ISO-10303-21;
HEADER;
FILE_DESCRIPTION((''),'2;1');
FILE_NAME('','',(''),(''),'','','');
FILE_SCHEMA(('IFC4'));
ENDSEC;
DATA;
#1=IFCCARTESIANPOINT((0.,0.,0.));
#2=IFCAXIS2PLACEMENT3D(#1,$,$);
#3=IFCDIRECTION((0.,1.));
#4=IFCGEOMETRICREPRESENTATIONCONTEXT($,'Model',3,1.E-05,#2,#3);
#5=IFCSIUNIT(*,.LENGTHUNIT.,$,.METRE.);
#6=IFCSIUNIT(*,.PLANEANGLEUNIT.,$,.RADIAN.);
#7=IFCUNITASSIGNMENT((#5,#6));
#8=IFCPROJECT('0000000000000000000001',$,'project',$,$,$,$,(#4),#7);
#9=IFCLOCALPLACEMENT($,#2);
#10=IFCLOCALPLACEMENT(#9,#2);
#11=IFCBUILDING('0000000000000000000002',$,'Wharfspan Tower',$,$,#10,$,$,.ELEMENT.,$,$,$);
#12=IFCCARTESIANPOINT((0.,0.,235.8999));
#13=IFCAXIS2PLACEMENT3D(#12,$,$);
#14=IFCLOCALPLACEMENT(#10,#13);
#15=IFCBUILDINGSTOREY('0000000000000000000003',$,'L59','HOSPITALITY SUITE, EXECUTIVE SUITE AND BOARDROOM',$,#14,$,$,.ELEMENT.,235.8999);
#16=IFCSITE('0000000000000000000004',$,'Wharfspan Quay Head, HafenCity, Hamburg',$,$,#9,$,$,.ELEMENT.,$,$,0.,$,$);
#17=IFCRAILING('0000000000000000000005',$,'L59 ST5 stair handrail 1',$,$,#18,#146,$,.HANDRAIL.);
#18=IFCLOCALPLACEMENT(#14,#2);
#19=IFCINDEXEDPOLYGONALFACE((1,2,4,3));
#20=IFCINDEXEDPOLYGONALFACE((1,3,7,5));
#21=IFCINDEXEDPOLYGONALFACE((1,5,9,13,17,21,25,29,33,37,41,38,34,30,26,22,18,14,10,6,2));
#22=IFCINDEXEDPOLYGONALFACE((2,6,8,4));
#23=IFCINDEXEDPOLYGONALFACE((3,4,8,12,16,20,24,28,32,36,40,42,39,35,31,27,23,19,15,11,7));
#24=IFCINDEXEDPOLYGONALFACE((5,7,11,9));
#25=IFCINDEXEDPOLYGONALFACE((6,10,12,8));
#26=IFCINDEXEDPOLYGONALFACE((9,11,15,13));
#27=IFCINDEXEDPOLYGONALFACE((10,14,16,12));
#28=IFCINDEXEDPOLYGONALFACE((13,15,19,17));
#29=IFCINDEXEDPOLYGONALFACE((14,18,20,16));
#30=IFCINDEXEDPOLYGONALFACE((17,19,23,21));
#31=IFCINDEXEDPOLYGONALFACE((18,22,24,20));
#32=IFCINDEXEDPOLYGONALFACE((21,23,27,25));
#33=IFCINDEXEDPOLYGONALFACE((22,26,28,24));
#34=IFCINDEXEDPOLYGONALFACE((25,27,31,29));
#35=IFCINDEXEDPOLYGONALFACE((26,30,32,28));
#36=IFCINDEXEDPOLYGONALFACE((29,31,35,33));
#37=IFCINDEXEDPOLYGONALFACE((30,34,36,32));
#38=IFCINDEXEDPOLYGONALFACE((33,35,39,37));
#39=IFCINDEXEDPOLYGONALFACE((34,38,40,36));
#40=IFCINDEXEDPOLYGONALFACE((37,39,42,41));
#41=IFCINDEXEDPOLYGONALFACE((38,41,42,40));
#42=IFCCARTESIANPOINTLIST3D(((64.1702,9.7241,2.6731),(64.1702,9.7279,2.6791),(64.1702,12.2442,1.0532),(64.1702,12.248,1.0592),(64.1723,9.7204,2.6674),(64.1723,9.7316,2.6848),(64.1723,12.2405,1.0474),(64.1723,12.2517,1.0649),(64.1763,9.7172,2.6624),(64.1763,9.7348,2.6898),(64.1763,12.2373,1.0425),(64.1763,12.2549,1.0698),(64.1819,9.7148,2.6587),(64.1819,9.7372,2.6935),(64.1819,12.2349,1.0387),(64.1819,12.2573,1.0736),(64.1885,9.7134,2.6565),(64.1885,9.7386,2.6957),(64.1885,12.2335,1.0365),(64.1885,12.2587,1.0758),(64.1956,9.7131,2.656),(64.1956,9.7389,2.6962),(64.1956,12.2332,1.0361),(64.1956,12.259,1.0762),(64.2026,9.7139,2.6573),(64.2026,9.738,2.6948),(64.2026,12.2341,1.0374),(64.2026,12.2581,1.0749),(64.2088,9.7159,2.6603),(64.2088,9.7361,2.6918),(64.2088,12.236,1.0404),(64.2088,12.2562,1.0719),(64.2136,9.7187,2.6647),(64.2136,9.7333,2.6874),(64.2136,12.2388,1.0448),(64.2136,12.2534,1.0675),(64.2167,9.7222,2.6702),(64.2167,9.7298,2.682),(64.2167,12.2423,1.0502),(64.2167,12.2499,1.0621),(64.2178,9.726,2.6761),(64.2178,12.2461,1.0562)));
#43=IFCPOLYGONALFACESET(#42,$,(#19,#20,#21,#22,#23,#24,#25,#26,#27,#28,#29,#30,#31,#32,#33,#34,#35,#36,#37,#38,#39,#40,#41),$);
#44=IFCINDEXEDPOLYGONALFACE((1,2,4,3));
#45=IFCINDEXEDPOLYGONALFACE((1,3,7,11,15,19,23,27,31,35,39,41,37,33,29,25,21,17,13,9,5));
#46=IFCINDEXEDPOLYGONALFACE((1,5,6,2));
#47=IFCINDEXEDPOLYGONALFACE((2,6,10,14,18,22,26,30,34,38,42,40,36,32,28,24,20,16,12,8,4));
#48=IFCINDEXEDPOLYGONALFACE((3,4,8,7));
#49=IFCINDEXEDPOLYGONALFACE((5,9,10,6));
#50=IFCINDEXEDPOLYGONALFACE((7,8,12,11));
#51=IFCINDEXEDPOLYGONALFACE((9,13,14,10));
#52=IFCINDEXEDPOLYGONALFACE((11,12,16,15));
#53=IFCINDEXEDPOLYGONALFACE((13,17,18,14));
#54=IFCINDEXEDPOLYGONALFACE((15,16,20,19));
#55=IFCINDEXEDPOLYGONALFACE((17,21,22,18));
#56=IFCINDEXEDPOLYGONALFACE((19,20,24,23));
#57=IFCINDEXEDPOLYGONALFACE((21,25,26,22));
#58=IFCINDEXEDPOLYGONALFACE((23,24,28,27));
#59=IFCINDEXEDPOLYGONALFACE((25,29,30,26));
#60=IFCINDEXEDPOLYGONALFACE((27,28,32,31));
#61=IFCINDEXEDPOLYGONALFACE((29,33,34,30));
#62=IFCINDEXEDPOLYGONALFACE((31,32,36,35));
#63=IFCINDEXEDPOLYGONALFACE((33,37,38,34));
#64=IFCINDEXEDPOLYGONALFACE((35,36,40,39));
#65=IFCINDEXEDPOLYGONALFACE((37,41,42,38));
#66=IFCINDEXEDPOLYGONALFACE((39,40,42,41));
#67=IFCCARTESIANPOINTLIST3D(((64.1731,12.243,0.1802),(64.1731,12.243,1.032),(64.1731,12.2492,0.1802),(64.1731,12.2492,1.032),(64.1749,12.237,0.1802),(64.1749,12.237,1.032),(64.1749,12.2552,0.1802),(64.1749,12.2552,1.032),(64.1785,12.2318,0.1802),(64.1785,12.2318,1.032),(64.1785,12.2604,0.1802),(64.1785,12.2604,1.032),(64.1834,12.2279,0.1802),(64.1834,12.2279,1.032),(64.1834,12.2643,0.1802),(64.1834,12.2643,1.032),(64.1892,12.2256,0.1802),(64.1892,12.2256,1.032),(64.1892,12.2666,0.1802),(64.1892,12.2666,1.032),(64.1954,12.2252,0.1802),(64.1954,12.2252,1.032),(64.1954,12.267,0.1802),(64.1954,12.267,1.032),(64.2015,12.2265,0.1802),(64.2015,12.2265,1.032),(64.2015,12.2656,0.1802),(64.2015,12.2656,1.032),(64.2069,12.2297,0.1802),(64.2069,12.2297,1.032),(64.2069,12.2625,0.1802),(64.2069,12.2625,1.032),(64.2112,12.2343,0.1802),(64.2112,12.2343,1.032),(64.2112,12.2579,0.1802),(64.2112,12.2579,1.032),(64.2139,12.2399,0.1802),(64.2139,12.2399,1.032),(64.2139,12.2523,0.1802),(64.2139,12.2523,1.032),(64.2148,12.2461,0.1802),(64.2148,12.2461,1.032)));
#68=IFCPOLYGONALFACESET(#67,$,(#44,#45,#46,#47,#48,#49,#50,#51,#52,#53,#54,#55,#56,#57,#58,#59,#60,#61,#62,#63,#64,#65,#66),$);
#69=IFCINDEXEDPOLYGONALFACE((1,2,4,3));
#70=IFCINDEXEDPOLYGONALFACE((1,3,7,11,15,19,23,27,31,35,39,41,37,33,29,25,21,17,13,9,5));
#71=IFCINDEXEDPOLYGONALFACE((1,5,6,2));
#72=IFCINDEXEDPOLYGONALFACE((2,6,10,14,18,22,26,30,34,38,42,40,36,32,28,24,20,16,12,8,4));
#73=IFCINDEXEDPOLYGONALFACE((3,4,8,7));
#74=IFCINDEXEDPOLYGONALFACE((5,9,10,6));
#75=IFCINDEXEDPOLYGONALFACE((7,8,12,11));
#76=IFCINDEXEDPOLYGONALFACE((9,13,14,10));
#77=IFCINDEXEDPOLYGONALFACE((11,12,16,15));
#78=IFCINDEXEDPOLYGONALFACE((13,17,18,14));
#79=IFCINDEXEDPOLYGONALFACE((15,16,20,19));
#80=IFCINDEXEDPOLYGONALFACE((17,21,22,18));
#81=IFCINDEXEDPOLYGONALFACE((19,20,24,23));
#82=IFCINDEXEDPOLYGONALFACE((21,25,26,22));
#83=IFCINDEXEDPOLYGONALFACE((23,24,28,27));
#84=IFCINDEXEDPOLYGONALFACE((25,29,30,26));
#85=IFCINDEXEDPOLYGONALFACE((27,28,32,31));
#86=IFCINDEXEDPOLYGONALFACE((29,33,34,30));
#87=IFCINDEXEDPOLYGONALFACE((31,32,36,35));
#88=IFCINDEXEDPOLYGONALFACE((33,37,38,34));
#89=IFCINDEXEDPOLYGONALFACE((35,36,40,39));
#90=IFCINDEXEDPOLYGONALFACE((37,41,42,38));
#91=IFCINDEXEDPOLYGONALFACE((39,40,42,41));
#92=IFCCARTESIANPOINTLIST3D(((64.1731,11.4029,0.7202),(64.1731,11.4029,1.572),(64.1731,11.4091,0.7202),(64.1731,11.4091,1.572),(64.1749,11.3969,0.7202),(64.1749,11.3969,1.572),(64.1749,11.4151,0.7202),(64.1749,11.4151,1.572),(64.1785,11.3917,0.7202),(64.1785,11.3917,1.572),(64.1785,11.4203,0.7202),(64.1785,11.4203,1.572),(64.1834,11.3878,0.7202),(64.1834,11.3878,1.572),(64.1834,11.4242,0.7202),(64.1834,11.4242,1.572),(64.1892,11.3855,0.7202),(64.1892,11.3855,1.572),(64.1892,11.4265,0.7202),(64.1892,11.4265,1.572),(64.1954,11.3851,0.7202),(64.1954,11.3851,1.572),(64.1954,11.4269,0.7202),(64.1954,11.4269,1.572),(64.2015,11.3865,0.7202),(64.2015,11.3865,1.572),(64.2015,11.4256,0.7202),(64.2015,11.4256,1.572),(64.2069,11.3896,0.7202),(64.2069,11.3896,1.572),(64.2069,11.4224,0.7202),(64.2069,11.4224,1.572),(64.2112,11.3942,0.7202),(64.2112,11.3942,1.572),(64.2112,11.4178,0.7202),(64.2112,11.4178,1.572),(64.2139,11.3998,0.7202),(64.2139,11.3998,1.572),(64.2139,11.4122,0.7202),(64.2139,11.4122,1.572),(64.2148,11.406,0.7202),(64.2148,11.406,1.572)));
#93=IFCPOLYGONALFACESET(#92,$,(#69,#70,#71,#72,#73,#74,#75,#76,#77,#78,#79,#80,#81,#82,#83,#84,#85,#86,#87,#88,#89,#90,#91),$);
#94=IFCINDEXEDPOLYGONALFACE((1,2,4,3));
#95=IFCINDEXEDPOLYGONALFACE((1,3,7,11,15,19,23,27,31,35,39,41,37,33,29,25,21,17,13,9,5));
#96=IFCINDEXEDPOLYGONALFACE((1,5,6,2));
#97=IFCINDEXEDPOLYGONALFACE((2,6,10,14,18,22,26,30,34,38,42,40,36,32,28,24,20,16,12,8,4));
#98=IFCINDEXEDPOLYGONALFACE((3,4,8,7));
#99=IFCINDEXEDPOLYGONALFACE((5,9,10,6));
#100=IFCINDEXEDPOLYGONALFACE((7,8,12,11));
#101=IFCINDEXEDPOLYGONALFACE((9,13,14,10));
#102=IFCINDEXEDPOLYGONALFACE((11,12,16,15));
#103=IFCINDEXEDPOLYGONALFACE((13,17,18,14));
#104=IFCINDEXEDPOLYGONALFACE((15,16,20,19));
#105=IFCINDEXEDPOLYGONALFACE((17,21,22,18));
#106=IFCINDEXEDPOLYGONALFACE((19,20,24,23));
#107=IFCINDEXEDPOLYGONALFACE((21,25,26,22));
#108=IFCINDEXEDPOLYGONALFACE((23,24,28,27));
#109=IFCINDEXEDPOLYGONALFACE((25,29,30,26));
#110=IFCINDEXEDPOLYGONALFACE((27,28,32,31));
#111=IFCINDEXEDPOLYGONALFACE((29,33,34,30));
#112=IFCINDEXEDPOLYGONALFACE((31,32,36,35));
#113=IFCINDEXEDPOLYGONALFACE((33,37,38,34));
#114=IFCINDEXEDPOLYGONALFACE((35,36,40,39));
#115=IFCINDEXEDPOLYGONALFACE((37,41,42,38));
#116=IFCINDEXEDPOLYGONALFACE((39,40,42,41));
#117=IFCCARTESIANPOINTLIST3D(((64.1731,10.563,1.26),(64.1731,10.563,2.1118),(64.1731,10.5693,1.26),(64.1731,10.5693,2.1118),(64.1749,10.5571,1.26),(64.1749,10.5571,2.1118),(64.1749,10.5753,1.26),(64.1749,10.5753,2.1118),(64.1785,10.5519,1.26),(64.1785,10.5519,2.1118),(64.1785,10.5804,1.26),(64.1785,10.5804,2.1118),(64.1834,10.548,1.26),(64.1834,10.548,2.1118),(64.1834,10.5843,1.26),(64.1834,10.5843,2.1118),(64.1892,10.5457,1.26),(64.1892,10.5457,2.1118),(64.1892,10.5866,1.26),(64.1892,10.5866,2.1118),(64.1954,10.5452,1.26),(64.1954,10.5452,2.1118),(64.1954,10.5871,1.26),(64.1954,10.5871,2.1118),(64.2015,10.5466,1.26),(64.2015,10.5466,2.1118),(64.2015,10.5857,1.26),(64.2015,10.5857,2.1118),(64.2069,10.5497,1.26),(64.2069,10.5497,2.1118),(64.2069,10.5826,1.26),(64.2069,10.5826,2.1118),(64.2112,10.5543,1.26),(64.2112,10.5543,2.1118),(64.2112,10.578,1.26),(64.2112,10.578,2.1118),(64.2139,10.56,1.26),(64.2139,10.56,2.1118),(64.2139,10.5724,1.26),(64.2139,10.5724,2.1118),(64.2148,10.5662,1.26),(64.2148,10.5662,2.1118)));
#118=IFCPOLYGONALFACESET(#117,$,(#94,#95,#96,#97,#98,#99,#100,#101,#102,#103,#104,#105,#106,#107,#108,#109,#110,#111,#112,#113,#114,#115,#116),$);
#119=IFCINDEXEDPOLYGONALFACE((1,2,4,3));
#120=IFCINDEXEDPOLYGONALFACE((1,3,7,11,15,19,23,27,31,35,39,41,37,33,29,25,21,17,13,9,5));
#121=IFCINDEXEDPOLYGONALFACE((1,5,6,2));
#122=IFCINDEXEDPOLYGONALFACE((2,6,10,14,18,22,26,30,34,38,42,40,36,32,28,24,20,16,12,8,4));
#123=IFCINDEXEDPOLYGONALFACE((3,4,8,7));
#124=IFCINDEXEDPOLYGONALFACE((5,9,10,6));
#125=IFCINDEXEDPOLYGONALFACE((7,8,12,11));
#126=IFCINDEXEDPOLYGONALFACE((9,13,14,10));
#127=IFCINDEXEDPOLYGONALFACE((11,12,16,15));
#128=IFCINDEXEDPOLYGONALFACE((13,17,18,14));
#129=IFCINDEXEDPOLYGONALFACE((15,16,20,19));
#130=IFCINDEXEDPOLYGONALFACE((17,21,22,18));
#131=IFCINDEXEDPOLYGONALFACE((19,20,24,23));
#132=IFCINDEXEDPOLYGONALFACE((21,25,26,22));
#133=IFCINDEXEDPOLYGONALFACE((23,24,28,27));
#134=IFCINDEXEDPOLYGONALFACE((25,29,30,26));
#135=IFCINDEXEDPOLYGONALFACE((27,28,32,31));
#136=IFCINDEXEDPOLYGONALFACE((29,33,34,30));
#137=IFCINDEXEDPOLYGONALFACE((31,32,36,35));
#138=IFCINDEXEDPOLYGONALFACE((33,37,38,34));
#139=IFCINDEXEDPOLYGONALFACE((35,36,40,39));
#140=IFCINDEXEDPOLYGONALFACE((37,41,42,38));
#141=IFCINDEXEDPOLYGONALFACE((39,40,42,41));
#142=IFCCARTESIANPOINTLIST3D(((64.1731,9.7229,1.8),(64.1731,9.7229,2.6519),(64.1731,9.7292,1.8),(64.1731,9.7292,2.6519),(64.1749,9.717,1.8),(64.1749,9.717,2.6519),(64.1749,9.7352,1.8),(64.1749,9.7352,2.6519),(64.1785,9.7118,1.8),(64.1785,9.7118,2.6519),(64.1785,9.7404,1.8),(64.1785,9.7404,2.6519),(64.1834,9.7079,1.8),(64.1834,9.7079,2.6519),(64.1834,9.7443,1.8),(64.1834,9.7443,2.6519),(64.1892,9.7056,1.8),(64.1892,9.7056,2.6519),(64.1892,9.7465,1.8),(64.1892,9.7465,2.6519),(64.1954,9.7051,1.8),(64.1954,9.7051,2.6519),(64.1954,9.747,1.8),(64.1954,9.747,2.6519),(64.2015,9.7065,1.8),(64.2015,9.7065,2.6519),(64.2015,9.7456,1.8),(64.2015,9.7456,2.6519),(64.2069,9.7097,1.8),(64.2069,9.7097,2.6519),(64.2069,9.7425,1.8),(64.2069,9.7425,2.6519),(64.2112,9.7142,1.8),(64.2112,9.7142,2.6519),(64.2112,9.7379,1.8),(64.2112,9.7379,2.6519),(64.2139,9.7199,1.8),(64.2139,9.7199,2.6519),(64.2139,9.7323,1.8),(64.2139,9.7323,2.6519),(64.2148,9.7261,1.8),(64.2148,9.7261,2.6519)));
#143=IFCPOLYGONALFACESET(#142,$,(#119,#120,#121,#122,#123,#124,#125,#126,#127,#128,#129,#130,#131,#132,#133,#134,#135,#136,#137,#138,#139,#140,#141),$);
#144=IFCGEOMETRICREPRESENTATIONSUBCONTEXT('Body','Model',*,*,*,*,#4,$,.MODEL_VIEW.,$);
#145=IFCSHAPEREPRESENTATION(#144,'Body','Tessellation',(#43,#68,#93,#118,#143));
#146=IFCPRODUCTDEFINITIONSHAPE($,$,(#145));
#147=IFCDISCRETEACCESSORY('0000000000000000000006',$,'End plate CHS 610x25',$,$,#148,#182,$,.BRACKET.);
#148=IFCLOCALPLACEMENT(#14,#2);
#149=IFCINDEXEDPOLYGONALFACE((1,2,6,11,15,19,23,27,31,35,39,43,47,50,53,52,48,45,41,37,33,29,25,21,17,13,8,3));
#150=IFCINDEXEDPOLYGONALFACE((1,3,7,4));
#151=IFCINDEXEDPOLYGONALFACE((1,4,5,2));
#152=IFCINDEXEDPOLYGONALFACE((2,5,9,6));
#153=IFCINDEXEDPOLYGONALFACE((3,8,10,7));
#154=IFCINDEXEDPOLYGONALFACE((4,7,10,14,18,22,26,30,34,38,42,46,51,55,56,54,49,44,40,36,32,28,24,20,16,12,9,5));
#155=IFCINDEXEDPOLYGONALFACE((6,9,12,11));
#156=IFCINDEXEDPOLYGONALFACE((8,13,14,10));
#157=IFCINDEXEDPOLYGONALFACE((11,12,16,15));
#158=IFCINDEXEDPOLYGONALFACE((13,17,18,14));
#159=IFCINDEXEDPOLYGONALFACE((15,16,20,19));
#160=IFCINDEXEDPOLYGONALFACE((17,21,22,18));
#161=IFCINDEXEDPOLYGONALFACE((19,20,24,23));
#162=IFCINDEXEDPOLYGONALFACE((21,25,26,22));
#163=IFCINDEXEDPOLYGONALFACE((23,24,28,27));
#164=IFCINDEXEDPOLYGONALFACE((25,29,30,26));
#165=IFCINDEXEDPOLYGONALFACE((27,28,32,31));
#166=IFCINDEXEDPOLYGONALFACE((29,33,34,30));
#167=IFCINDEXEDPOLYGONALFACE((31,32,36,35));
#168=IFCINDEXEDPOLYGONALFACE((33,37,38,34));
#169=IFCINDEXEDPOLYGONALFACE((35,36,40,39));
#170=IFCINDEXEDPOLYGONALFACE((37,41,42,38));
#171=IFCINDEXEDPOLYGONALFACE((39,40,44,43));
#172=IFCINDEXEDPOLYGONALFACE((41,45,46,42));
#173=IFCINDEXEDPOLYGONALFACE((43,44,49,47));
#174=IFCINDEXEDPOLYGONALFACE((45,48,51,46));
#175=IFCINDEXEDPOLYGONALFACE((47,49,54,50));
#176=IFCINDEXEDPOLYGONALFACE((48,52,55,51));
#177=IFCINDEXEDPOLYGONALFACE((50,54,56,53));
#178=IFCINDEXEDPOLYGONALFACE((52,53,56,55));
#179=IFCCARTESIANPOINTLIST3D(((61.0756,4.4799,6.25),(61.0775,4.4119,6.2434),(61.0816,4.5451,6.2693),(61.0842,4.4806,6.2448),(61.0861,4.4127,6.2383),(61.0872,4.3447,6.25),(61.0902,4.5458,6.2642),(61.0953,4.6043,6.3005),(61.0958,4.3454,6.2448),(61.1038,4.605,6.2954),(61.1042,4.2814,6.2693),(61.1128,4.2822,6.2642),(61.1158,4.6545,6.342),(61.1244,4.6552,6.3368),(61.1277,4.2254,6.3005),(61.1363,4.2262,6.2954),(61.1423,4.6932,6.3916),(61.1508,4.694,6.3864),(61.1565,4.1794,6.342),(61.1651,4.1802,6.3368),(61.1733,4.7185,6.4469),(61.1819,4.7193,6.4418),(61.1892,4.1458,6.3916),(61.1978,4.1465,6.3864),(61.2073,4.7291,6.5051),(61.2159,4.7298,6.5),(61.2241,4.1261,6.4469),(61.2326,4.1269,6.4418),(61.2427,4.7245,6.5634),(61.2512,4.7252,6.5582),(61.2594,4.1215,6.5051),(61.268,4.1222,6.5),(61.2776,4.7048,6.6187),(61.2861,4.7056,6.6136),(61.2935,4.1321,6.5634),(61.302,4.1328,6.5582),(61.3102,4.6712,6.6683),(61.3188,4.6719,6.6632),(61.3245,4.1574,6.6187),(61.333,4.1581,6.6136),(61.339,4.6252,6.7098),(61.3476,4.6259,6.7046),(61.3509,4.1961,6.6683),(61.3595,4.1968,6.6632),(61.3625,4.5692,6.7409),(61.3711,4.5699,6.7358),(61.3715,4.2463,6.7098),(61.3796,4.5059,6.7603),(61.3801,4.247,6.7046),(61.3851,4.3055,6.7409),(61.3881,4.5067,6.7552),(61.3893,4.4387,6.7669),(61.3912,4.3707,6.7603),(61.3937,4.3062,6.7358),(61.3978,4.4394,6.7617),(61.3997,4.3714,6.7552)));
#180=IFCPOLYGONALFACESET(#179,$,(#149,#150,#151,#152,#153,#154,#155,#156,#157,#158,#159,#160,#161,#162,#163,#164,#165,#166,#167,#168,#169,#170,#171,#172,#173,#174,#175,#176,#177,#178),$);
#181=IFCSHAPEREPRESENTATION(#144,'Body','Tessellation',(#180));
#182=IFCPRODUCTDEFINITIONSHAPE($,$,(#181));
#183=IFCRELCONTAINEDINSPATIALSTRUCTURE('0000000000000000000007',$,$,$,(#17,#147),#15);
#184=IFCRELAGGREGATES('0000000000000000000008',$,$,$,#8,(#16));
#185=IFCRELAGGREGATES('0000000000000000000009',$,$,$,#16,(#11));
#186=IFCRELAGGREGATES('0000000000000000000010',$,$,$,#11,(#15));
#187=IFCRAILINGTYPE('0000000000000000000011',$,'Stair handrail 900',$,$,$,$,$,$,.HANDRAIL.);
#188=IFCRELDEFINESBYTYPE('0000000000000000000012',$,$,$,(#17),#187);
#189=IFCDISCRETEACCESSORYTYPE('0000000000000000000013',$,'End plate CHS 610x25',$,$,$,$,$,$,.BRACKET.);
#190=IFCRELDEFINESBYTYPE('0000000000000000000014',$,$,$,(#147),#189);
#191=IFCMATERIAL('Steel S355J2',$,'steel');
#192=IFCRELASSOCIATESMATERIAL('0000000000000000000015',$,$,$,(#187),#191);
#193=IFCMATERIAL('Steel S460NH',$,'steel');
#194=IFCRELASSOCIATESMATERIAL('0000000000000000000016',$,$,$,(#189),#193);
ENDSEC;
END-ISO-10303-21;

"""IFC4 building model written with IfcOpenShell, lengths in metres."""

from ifc_helpers import new_model, si_unit, direction, frame, origin, origin_2d, place, context, subcontext, project, spatial, circle, extrude, material, material_profile, profile_set, type_object, element, save


model = new_model("IFC4")

# Units and contexts
model_context = context("Model", 3, precision=1e-05, world=origin(), true_north=direction((0.0, 1.0)))
body_context = subcontext(model_context, "Body", "Model", "MODEL_VIEW")
ifc_project = project(units=[si_unit("LENGTHUNIT", "METRE"), si_unit("PLANEANGLEUNIT", "RADIAN")], contexts=[model_context])

# Site, building, storey
site_placement = place(None, origin())
site = spatial("IfcSite", under=ifc_project, at=site_placement, Name="Wharfspan Quay Head, HafenCity, Hamburg", CompositionType="ELEMENT", RefElevation=0.0)
building_placement = place(site_placement, origin())
building = spatial("IfcBuilding", under=site, at=building_placement, Name="Wharfspan Tower", CompositionType="ELEMENT")
storey_placement = place(building_placement, frame((0.0, 0.0, 235.8999)))
storey = spatial("IfcBuildingStorey", under=building, at=storey_placement, Name="L59", Description="HOSPITALITY SUITE, EXECUTIVE SUITE AND BOARDROOM", CompositionType="ELEMENT", Elevation=235.8999)

# Shared definitions
ifc_material_1 = material(Name="Steel S355J2", Category="steel")

# Railing
railing_type = type_object("IfcRailingType", Name="Stair handrail 900", PredefinedType="HANDRAIL", material=ifc_material_1)
railing_placement = place(storey_placement, frame((64.1938, 12.2461, 0.1802)))
element("IfcRailing", 1, at=railing_placement, inside=storey, type_object=railing_type, Name="L59 ST5 stair handrail 1", PredefinedType="HANDRAIL", context=body_context, shape_type="SweptSolid", body=[
    extrude(circle(Radius=0.0239, at=origin_2d()), frame((0.0, 0.0, 0.876), z_axis=(0.0, -0.8412, 0.540725), x_axis=(1.0, 0.0, 0.0)), (0.0, 0.0, 1.0), 2.9958),
    extrude(circle(Radius=0.021, at=origin_2d()), origin(), (0.0, 0.0, 1.0), 0.8518),
    extrude(circle(Radius=0.021, at=origin_2d()), frame((0.0, -0.8401, 0.54)), (0.0, 0.0, 1.0), 0.8518),
    extrude(circle(Radius=0.021, at=origin_2d()), frame((0.0, -1.6799, 1.0798)), (0.0, 0.0, 1.0), 0.8518),
    extrude(circle(Radius=0.021, at=origin_2d()), frame((0.0, -2.52, 1.6199)), (0.0, 0.0, 1.0), 0.8518),
])

# Discrete accessory
ifc_material_2 = material(Name="Steel S460NH", Category="steel")
ifc_material_profile_1 = material_profile(ifc_material_2, circle(Radius=0.3049, at=origin_2d()))
ifc_profile_set_1 = profile_set([ifc_material_profile_1], Name="Steel S460NH")
discrete_accessory_type = type_object("IfcDiscreteAccessoryType", Name="End plate CHS 610x25", PredefinedType="BRACKET", material=ifc_profile_set_1)
discrete_accessory_placement = place(storey_placement, frame((61.2419, 4.426, 6.5), z_axis=(-0.855186, -0.073302, 0.513112), x_axis=(0.085402, -0.996345, 0.000001)))
element("IfcDiscreteAccessory", 2, at=discrete_accessory_placement, inside=storey, type_object=discrete_accessory_type, Name="End plate CHS 610x25", PredefinedType="BRACKET", context=body_context, shape_type="SweptSolid", body=[
    extrude(circle(Radius=0.3049, at=origin_2d()), origin(), (0.0, 0.0, 1.0), 0.01),
])

save(model, "model.ifc")
